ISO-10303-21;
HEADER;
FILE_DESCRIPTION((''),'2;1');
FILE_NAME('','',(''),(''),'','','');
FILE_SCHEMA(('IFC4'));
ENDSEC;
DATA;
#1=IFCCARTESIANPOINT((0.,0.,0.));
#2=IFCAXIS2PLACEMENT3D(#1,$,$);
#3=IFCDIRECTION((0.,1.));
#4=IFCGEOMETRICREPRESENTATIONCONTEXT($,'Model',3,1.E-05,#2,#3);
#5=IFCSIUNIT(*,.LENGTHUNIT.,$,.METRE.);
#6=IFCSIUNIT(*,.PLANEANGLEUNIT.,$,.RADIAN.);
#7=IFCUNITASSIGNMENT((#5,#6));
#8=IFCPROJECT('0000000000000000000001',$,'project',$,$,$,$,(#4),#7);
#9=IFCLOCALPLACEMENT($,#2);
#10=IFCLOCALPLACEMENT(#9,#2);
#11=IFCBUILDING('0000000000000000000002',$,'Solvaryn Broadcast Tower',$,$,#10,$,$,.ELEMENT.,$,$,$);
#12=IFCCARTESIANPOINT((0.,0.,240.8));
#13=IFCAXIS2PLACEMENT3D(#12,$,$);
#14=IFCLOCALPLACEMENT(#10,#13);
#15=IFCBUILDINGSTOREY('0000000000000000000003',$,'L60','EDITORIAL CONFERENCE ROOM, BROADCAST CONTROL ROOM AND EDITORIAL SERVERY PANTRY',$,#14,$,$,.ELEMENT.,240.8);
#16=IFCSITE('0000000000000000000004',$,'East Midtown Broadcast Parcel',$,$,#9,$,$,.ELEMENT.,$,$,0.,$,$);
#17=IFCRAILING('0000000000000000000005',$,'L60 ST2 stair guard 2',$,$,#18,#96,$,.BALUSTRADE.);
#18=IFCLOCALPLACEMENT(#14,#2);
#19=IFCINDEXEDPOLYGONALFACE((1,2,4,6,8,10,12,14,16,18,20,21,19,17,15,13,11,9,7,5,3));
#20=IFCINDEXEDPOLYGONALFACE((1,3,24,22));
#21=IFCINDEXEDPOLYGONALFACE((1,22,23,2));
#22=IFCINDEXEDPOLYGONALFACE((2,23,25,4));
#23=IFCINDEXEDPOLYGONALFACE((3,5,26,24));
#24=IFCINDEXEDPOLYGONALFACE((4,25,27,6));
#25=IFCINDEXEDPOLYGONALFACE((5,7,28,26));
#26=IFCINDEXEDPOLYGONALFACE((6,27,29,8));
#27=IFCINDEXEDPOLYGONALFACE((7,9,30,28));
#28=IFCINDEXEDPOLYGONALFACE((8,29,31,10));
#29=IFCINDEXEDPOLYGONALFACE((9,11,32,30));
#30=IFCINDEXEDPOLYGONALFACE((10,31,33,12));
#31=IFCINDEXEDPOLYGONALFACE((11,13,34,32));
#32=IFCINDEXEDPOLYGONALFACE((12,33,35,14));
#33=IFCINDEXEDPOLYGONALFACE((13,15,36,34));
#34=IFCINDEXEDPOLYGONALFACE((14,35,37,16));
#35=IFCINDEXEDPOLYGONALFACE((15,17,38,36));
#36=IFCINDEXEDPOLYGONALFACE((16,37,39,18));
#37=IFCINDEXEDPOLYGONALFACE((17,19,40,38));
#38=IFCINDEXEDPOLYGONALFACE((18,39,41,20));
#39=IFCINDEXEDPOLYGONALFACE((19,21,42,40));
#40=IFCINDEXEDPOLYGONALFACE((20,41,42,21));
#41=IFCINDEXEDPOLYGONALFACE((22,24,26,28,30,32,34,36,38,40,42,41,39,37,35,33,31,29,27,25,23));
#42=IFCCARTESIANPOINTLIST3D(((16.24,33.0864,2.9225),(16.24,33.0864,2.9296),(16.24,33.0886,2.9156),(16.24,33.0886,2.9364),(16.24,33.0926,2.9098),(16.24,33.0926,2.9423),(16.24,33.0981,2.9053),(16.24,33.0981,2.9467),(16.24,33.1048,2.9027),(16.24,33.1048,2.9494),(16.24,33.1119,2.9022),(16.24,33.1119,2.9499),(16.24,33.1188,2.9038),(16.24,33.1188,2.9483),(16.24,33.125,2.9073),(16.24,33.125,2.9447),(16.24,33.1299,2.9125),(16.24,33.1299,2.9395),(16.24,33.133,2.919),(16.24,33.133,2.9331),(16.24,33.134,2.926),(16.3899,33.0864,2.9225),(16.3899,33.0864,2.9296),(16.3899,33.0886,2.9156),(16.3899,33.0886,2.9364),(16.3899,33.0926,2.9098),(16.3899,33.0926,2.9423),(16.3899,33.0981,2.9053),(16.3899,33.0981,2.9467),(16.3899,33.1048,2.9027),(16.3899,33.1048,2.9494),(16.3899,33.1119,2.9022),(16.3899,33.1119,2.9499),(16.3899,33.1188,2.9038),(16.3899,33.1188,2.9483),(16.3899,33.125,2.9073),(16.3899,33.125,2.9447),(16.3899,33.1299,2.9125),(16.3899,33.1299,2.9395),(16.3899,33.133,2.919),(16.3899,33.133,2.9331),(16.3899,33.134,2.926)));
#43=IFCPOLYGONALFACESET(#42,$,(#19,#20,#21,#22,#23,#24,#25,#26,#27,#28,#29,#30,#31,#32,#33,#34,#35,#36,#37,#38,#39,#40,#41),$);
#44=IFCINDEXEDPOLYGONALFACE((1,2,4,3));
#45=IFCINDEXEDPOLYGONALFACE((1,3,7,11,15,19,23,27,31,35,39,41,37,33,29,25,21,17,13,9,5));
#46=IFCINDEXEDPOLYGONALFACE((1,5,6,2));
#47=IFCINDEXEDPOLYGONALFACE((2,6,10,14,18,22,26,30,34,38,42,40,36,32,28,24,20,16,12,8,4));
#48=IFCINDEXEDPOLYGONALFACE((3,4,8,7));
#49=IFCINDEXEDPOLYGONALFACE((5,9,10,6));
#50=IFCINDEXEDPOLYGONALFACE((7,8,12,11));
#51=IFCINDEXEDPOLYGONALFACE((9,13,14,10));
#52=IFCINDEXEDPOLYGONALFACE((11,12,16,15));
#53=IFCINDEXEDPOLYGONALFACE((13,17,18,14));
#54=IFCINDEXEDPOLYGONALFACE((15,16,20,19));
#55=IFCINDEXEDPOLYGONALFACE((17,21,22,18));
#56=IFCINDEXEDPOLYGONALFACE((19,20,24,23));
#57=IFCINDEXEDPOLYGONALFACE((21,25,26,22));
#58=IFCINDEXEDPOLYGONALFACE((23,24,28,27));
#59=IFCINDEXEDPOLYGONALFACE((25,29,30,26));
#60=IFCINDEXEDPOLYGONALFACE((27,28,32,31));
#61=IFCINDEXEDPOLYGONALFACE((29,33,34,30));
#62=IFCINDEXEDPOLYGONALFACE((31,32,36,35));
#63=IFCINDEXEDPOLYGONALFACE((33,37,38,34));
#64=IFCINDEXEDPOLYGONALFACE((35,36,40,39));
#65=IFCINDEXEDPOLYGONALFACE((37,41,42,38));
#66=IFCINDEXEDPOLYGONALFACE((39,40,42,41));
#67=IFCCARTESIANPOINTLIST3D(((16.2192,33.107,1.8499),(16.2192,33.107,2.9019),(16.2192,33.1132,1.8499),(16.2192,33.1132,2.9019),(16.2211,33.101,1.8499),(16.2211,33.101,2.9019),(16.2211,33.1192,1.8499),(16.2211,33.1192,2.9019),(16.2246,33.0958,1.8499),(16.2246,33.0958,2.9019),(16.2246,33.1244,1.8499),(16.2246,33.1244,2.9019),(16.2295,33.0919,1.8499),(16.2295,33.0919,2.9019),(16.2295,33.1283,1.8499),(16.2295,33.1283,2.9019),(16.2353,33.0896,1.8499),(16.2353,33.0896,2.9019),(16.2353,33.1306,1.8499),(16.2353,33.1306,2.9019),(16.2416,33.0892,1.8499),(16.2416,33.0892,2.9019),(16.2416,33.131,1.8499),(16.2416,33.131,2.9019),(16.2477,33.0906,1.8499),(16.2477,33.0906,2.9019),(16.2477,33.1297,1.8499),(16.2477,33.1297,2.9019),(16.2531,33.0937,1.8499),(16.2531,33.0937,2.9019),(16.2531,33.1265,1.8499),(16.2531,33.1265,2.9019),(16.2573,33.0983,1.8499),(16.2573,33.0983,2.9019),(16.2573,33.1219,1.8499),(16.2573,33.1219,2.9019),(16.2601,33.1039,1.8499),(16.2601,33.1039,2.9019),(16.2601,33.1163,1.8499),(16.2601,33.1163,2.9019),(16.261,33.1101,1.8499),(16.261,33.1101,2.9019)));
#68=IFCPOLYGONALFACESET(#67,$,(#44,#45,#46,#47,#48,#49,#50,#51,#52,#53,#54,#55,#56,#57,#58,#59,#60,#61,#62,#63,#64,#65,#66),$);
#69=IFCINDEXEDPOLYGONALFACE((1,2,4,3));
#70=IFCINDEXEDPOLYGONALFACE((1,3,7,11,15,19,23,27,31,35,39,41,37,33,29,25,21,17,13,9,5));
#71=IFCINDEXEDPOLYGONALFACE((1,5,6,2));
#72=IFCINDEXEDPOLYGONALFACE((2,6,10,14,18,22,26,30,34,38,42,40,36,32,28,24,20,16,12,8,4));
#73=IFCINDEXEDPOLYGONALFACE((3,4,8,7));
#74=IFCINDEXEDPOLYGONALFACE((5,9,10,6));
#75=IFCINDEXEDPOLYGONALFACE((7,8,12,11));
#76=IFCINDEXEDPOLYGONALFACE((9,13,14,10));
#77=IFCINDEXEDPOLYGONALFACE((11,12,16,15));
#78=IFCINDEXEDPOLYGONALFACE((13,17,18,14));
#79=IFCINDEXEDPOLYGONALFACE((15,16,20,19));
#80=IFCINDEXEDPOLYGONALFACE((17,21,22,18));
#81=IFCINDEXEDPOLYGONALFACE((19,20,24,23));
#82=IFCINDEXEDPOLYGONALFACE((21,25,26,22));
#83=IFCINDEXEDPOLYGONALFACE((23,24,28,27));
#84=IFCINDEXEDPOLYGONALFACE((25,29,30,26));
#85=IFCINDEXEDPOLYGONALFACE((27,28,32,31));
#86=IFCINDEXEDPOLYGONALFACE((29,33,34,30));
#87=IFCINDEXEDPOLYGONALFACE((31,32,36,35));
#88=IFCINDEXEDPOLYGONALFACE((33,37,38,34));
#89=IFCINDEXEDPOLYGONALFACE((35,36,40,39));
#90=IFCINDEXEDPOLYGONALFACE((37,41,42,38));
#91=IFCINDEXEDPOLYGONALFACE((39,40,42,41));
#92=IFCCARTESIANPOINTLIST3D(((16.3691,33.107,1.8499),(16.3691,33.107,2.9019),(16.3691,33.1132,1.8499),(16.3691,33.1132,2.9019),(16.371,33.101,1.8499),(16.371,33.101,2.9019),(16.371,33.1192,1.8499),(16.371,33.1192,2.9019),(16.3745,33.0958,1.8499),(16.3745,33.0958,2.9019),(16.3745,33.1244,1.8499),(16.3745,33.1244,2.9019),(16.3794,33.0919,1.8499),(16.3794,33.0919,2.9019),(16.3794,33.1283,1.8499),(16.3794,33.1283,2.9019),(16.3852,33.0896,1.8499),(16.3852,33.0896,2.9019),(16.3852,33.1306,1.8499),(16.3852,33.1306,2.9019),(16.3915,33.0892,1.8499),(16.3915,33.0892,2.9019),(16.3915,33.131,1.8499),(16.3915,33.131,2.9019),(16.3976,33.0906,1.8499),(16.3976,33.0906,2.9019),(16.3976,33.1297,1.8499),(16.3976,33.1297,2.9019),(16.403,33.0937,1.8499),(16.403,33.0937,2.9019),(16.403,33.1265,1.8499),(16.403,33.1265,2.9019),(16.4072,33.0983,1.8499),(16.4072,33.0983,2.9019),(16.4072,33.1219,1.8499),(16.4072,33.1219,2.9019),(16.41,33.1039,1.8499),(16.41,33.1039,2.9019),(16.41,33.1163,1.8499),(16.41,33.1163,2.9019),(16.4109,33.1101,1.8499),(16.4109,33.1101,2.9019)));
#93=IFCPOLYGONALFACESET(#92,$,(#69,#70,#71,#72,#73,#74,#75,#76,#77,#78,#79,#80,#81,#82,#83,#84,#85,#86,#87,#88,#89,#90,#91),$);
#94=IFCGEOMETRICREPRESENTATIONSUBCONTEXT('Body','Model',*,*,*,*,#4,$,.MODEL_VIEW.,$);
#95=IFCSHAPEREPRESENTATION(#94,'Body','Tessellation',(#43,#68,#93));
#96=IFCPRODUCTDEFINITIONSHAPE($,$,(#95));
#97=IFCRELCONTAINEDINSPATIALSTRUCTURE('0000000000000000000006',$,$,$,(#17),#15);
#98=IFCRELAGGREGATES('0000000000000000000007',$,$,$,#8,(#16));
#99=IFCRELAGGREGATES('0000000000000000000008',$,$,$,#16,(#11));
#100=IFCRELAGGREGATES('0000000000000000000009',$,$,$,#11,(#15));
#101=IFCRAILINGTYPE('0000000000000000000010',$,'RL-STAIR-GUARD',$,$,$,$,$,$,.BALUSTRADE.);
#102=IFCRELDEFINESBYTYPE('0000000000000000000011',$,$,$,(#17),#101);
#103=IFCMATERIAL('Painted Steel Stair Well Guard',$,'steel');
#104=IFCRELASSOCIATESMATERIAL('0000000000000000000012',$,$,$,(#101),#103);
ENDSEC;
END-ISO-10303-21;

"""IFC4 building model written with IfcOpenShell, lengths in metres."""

from ifc_helpers import new_model, si_unit, direction, frame, origin, origin_2d, place, context, subcontext, project, spatial, circle, extrude, material, type_object, element, save


model = new_model("IFC4")

# Units and contexts
model_context = context("Model", 3, precision=1e-05, world=origin(), true_north=direction((0.0, 1.0)))
body_context = subcontext(model_context, "Body", "Model", "MODEL_VIEW")
ifc_project = project(units=[si_unit("LENGTHUNIT", "METRE"), si_unit("PLANEANGLEUNIT", "RADIAN")], contexts=[model_context])

# Site, building, storey
site_placement = place(None, origin())
site = spatial("IfcSite", under=ifc_project, at=site_placement, Name="East Midtown Broadcast Parcel", CompositionType="ELEMENT", RefElevation=0.0)
building_placement = place(site_placement, origin())
building = spatial("IfcBuilding", under=site, at=building_placement, Name="Solvaryn Broadcast Tower", CompositionType="ELEMENT")
storey_placement = place(building_placement, frame((0.0, 0.0, 240.8)))
storey = spatial("IfcBuildingStorey", under=building, at=storey_placement, Name="L60", Description="EDITORIAL CONFERENCE ROOM, BROADCAST CONTROL ROOM AND EDITORIAL SERVERY PANTRY", CompositionType="ELEMENT", Elevation=240.8)

# Railing
ifc_material_1 = material(Name="Painted Steel Stair Well Guard", Category="steel")
railing_type_1 = type_object("IfcRailingType", Name="RL-STAIR-GUARD", PredefinedType="BALUSTRADE", material=ifc_material_1)
railing_1_placement = place(storey_placement, frame((16.24, 33.1101, 1.8499)))
element("IfcRailing", 1, at=railing_1_placement, inside=storey, type_object=railing_type_1, Name="L60 ST2 stair guard 2", PredefinedType="BALUSTRADE", context=body_context, shape_type="SweptSolid", body=[
    extrude(circle(Radius=0.0239, at=origin_2d()), frame((0.0, 0.0, 1.0762), z_axis=(1.0, 0.0, 0.0), x_axis=(0.0, 1.0, 0.0)), (0.0, 0.0, 1.0), 0.1499),
    extrude(circle(Radius=0.021, at=origin_2d()), origin(), (0.0, 0.0, 1.0), 1.052),
    extrude(circle(Radius=0.021, at=origin_2d()), frame((0.1499, 0.0, 0.0)), (0.0, 0.0, 1.0), 1.052),
])

save(model, "model.ifc")
